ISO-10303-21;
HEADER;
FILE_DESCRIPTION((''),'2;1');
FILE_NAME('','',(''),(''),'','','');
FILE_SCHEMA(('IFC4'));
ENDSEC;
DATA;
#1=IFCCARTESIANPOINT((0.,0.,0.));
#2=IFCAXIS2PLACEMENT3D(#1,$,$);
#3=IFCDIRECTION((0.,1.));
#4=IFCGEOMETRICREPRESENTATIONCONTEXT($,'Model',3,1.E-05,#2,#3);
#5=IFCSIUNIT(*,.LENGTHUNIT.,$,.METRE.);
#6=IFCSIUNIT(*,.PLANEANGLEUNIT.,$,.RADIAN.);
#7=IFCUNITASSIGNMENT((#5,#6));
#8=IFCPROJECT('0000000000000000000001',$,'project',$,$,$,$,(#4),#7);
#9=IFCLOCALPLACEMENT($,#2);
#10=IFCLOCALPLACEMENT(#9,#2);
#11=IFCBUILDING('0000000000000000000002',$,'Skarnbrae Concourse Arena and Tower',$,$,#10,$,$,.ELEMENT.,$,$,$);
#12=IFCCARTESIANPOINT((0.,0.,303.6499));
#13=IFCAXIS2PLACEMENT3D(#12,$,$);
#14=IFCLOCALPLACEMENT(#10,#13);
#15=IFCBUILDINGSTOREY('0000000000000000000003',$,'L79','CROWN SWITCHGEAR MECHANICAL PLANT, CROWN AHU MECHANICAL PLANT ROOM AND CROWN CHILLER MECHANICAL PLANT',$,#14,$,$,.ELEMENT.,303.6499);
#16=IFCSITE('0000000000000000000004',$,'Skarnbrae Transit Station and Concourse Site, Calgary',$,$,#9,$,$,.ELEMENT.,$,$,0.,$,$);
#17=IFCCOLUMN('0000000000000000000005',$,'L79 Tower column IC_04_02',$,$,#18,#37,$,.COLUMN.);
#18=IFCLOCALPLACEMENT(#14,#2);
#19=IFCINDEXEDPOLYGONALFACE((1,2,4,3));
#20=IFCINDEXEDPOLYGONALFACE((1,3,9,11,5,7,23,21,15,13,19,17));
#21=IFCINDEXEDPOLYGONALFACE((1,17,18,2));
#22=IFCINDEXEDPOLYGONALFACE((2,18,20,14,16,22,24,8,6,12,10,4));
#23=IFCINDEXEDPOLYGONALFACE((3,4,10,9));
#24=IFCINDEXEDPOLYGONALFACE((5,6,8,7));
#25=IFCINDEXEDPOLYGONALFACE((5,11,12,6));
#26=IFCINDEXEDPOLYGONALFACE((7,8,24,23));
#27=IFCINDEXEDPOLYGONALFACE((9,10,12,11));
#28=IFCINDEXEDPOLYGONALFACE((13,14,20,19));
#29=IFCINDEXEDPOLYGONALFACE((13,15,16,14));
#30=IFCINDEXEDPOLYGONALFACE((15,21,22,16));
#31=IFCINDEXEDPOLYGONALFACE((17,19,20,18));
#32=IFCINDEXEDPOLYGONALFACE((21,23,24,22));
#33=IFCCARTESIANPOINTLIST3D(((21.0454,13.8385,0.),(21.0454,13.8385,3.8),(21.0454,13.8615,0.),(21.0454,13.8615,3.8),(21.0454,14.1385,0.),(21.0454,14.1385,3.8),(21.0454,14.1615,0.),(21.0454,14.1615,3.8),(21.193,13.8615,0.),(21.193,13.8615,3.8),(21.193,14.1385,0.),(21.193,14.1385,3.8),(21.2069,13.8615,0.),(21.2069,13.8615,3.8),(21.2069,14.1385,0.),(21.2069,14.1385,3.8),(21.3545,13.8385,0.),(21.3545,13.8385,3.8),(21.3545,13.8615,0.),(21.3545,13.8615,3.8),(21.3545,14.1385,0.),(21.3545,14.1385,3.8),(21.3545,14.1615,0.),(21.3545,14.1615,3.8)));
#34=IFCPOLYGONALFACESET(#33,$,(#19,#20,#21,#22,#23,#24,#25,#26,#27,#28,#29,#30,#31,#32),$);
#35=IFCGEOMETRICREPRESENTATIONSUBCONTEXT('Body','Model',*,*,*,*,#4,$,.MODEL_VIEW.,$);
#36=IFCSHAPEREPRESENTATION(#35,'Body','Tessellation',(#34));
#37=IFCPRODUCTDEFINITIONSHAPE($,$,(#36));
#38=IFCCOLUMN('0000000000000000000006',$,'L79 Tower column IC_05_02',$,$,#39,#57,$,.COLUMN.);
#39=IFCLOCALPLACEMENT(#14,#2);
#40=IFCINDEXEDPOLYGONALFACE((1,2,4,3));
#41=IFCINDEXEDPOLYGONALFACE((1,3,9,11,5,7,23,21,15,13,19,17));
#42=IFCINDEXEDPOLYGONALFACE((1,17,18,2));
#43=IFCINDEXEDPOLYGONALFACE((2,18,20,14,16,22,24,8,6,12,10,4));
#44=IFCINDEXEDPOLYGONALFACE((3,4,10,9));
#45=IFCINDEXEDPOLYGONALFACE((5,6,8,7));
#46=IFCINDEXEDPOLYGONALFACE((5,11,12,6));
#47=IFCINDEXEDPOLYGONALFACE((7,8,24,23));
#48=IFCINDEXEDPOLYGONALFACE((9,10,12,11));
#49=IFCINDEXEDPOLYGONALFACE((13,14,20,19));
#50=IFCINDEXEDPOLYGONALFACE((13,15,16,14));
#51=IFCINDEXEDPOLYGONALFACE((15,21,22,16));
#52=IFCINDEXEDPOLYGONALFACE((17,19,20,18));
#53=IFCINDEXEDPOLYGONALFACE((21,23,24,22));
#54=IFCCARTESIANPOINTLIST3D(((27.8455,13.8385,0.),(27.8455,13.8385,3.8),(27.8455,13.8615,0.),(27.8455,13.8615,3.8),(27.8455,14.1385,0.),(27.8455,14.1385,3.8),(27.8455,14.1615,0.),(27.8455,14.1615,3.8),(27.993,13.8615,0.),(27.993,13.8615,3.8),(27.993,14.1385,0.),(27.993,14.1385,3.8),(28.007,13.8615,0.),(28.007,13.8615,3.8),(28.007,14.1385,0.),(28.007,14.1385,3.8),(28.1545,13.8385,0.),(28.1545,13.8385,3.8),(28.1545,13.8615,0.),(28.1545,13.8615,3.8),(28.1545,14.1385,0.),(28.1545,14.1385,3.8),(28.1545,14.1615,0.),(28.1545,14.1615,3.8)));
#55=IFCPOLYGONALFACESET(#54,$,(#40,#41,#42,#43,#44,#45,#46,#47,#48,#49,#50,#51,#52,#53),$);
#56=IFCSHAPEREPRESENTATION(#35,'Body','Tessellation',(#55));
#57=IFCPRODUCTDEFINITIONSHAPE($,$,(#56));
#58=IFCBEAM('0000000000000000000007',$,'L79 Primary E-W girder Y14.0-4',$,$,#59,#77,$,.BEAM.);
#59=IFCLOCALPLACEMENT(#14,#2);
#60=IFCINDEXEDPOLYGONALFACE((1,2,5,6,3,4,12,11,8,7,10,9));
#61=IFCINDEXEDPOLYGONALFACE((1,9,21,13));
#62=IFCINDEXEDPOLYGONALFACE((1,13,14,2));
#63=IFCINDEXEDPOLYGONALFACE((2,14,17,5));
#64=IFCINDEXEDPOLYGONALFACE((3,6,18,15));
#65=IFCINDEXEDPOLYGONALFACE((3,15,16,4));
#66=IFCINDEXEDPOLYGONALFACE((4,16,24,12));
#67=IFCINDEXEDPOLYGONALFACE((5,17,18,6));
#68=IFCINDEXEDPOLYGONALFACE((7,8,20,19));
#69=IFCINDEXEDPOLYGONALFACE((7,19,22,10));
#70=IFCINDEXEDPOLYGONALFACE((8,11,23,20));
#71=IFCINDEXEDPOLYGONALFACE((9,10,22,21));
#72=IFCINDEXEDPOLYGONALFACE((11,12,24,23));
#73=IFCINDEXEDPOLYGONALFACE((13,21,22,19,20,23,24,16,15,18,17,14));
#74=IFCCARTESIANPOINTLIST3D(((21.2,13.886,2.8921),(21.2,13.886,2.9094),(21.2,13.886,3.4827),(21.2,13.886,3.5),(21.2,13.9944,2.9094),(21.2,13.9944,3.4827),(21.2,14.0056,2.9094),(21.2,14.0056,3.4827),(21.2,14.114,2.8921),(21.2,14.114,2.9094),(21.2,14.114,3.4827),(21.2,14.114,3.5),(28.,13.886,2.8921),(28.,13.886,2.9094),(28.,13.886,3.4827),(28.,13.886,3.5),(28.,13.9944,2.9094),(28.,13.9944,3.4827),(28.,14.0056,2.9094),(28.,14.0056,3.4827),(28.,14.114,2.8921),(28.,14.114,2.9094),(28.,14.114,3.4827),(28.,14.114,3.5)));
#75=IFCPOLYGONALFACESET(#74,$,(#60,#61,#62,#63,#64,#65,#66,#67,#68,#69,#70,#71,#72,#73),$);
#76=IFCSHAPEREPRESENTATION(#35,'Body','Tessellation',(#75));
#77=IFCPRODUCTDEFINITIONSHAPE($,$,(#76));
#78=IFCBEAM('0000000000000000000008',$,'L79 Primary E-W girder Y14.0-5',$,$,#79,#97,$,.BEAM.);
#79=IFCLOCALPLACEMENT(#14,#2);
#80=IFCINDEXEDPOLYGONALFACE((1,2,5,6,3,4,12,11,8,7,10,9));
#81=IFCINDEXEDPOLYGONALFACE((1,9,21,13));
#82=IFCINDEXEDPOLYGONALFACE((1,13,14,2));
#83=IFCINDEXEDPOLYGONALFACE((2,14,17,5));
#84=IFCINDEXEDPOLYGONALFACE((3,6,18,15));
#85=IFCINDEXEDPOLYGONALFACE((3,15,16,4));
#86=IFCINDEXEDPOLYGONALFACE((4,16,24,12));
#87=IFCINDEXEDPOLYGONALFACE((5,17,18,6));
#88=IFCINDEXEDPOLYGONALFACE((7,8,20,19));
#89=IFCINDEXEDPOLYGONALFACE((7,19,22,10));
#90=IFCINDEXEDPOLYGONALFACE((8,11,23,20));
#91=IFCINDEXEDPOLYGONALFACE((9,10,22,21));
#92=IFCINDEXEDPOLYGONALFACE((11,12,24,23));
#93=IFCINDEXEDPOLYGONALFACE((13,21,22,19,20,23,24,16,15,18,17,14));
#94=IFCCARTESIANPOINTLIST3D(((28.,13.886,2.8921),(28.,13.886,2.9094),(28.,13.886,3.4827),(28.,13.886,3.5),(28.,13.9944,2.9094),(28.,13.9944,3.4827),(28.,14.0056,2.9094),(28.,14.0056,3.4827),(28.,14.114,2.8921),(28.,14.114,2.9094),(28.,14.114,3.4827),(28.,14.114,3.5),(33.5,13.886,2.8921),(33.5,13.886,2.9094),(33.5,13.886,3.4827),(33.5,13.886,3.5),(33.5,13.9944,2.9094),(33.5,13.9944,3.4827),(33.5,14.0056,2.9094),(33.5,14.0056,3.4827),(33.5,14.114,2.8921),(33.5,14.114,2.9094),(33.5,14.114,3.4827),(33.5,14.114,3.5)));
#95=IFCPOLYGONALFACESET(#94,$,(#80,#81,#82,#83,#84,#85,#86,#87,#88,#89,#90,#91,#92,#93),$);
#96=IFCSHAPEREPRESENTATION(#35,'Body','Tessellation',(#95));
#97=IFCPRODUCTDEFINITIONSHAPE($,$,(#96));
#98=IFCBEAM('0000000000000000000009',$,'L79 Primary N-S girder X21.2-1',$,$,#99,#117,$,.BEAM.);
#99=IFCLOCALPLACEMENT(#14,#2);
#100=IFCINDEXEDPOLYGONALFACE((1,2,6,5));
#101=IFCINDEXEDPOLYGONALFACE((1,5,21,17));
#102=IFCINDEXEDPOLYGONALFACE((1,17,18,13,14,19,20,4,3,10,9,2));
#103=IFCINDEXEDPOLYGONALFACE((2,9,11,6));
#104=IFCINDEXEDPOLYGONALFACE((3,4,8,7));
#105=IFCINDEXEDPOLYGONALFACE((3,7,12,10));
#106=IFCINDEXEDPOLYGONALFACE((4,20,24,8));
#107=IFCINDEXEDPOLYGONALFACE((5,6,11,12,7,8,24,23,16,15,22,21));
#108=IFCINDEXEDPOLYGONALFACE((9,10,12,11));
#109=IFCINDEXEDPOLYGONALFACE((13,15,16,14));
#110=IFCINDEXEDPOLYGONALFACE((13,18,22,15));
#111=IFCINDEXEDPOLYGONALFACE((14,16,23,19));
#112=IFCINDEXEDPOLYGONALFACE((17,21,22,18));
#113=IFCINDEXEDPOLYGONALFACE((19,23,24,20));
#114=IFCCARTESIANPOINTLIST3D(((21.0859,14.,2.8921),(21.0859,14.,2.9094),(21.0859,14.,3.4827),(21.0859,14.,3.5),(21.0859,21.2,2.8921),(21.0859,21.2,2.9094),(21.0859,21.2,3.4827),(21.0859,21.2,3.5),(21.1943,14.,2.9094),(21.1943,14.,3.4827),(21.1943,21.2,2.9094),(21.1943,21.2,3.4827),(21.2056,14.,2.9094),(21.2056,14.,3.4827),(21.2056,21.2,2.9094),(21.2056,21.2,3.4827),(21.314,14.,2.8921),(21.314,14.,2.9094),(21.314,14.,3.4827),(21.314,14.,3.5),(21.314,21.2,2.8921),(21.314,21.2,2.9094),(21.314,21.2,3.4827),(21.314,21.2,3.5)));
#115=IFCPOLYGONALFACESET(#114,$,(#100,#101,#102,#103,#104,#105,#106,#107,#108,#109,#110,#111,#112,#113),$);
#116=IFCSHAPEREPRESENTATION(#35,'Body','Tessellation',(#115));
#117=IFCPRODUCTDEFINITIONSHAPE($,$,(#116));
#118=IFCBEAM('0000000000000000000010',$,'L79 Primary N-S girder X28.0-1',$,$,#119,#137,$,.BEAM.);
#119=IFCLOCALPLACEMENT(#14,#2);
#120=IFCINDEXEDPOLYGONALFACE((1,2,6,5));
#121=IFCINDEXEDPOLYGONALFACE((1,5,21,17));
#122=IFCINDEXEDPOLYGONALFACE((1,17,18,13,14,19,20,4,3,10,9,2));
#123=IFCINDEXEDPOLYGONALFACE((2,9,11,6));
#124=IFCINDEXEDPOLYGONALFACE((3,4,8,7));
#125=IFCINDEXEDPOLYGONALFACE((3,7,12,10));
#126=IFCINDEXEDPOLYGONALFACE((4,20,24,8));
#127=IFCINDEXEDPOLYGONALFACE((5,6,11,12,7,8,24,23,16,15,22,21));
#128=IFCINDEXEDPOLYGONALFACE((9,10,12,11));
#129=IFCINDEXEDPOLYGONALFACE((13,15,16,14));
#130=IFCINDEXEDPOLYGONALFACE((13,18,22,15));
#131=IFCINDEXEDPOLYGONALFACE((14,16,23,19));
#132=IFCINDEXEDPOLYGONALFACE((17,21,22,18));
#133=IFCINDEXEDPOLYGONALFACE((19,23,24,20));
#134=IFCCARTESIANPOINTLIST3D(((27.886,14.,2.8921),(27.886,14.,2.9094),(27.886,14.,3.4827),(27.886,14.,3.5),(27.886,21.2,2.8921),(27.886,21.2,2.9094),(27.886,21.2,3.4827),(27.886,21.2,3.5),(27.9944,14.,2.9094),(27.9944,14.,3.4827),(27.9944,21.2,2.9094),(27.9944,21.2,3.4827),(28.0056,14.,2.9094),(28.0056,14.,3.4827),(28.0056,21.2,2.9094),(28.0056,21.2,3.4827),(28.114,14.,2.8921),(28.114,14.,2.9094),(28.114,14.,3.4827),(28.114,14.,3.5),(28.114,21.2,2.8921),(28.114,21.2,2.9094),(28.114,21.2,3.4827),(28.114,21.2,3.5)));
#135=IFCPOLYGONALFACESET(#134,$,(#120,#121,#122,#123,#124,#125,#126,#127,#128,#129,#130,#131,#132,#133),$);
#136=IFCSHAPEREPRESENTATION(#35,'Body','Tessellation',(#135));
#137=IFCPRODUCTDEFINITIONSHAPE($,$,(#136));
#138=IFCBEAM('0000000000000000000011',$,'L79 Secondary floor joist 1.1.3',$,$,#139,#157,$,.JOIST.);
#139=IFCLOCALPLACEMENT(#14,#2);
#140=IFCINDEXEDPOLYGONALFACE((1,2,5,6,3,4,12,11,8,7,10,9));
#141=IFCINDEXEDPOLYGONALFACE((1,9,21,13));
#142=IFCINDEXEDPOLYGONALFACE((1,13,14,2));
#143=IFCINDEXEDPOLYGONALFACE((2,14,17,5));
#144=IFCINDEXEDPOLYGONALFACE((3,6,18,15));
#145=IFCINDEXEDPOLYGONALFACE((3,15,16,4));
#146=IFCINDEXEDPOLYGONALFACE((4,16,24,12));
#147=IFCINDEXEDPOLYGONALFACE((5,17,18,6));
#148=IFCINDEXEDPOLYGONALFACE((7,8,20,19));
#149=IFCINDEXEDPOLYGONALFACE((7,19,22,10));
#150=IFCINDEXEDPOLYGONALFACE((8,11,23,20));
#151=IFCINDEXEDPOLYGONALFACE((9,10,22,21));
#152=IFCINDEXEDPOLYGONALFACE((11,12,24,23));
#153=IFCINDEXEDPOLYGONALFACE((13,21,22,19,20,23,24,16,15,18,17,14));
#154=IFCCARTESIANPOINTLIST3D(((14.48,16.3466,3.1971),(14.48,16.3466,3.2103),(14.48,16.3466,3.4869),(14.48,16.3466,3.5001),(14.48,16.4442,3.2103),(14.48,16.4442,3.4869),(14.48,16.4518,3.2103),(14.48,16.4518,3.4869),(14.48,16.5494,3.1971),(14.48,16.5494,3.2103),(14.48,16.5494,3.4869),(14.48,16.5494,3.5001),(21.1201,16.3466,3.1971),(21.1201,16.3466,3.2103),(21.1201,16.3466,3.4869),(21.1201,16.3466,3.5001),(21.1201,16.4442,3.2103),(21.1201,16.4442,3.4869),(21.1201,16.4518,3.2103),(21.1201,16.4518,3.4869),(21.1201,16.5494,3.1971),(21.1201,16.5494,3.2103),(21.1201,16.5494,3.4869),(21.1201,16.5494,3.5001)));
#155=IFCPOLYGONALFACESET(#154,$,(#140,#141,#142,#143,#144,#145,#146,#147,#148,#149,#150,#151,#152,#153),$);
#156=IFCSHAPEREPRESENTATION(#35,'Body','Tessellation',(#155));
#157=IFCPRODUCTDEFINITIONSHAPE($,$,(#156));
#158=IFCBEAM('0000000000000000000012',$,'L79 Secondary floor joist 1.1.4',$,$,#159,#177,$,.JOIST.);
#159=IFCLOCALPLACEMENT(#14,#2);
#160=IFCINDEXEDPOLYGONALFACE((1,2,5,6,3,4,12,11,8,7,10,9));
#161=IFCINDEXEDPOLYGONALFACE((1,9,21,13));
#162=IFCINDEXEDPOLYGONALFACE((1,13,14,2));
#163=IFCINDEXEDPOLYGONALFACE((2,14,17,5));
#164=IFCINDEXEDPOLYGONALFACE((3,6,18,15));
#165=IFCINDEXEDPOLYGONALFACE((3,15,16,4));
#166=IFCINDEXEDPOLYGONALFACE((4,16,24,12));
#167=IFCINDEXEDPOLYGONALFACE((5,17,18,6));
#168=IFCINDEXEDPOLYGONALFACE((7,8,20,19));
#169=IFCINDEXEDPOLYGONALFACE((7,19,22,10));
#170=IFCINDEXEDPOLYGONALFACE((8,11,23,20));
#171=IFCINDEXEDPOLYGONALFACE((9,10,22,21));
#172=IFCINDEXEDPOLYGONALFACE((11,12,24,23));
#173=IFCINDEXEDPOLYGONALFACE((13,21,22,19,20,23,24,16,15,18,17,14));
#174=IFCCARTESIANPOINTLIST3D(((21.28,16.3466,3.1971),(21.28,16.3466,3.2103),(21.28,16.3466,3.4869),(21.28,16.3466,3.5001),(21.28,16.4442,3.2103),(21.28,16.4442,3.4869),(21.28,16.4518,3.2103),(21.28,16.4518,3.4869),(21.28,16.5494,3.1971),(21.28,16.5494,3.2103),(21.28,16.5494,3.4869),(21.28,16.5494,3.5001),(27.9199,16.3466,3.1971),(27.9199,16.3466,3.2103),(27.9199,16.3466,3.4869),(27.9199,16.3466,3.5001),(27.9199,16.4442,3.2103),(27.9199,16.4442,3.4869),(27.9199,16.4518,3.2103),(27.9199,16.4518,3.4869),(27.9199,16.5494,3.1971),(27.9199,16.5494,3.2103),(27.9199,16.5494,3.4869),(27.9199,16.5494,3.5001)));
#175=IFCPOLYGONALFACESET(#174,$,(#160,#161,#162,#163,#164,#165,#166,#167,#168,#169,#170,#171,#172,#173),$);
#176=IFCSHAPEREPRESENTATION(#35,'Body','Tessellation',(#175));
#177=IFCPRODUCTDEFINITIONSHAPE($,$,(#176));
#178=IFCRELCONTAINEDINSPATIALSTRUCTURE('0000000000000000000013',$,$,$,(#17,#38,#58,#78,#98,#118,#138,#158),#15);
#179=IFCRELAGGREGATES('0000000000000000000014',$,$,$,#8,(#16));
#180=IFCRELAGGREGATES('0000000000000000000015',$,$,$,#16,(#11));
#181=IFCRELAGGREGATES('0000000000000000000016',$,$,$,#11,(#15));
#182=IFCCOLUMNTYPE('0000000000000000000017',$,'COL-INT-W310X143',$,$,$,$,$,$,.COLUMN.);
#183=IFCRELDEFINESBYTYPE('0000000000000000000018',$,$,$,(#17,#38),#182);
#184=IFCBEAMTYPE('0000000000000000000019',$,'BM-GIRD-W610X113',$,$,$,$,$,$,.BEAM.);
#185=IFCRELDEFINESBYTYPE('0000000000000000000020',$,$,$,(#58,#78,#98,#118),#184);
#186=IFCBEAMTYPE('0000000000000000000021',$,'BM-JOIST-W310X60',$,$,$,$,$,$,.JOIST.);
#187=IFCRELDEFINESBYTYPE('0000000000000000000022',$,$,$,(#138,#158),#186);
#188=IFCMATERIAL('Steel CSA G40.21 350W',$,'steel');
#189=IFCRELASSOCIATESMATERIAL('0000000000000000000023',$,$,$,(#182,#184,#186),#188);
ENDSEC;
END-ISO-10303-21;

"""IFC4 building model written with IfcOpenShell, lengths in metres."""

from ifc_helpers import new_model, si_unit, direction, frame, origin, origin_2d, place, context, subcontext, project, spatial, i_section, extrude, source, transform, mapped, material, material_profile, profile_set, type_object, element, save


model = new_model("IFC4")

# Units and contexts
model_context = context("Model", 3, precision=1e-05, world=origin(), true_north=direction((0.0, 1.0)))
body_context = subcontext(model_context, "Body", "Model", "MODEL_VIEW")
ifc_project = project(units=[si_unit("LENGTHUNIT", "METRE"), si_unit("PLANEANGLEUNIT", "RADIAN")], contexts=[model_context])

# Site, building, storey
site_placement = place(None, origin())
site = spatial("IfcSite", under=ifc_project, at=site_placement, Name="Skarnbrae Transit Station and Concourse Site, Calgary", CompositionType="ELEMENT", RefElevation=0.0)
building_placement = place(site_placement, origin())
building = spatial("IfcBuilding", under=site, at=building_placement, Name="Skarnbrae Concourse Arena and Tower", CompositionType="ELEMENT")
storey_placement = place(building_placement, frame((0.0, 0.0, 303.6499)))
storey = spatial("IfcBuildingStorey", under=building, at=storey_placement, Name="L79", Description="CROWN SWITCHGEAR MECHANICAL PLANT, CROWN AHU MECHANICAL PLANT ROOM AND CROWN CHILLER MECHANICAL PLANT", CompositionType="ELEMENT", Elevation=303.6499)

# Columns
ifc_material_1 = material(Name="Steel CSA G40.21 350W", Category="steel")
ifc_material_profile_1 = material_profile(ifc_material_1, i_section(OverallWidth=0.3091, OverallDepth=0.323, WebThickness=0.0139, FlangeThickness=0.0229, at=origin_2d()), Name="W310X143")
ifc_profile_set_1 = profile_set([ifc_material_profile_1], Name="Steel CSA G40.21 350W")
column_type = type_object("IfcColumnType", Name="COL-INT-W310X143", PredefinedType="COLUMN", material=ifc_profile_set_1)
shared_shape_1 = source(origin(), body_context, "Body", "SweptSolid", [
    extrude(i_section(OverallWidth=0.3091, OverallDepth=0.323, WebThickness=0.0139, FlangeThickness=0.0229, at=origin_2d()), origin(), (0.0, 0.0, 1.0), 3.8),
])
for number, where, z_axis, x_axis, name in (
    (1, (21.2, 14.0, 0.0), (0.0, 0.0, 1.0), (1.0, 0.0, 0.0), "L79 Tower column IC_04_02"),
    (2, (28.0, 14.0, 0.0), (0.0, 0.0, 1.0), (1.0, 0.0, 0.0), "L79 Tower column IC_05_02"),
):
    element("IfcColumn", number, at=place(storey_placement, frame(where, z_axis=z_axis, x_axis=x_axis)), inside=storey, type_object=column_type, Name=name, PredefinedType="COLUMN", context=body_context, shape_type="MappedRepresentation", body=[
        mapped(shared_shape_1, transform((0.0, 0.0, 0.0))),
    ])

# Beams
ifc_material_profile_2 = material_profile(ifc_material_1, i_section(OverallWidth=0.228, OverallDepth=0.6079, WebThickness=0.0112, FlangeThickness=0.0173, at=origin_2d()), Name="W610X113")
ifc_profile_set_2 = profile_set([ifc_material_profile_2], Name="Steel CSA G40.21 350W")
beam_type_1 = type_object("IfcBeamType", Name="BM-GIRD-W610X113", PredefinedType="BEAM", material=ifc_profile_set_2)
shared_shape_2 = source(origin(), body_context, "Body", "SweptSolid", [
    extrude(i_section(OverallWidth=0.228, OverallDepth=0.6079, WebThickness=0.0112, FlangeThickness=0.0173, at=origin_2d()), origin(), (0.0, 0.0, 1.0), 6.8),
])
beam_1_placement = place(storey_placement, frame((21.2, 14.0, 3.196), z_axis=(1.0, 0.0, 0.0), x_axis=(0.0, 1.0, 0.0)))
element("IfcBeam", 3, at=beam_1_placement, inside=storey, type_object=beam_type_1, Name="L79 Primary E-W girder Y14.0-4", PredefinedType="BEAM", context=body_context, shape_type="MappedRepresentation", body=[
    mapped(shared_shape_2, transform((0.0, 0.0, 0.0))),
])
shared_shape_3 = source(origin(), body_context, "Body", "SweptSolid", [
    extrude(i_section(OverallWidth=0.228, OverallDepth=0.6079, WebThickness=0.0112, FlangeThickness=0.0173, at=origin_2d()), origin(), (0.0, 0.0, 1.0), 5.5),
])
beam_2_placement = place(storey_placement, frame((28.0, 14.0, 3.196), z_axis=(1.0, 0.0, 0.0), x_axis=(0.0, 1.0, 0.0)))
element("IfcBeam", 4, at=beam_2_placement, inside=storey, type_object=beam_type_1, Name="L79 Primary E-W girder Y14.0-5", PredefinedType="BEAM", context=body_context, shape_type="MappedRepresentation", body=[
    mapped(shared_shape_3, transform((0.0, 0.0, 0.0))),
])
shared_shape_4 = source(origin(), body_context, "Body", "SweptSolid", [
    extrude(i_section(OverallWidth=0.228, OverallDepth=0.6079, WebThickness=0.0112, FlangeThickness=0.0173, at=origin_2d()), origin(), (0.0, 0.0, 1.0), 7.2),
])
for number, where, z_axis, x_axis, name in (
    (5, (21.2, 14.0, 3.196), (0.0, 1.0, 0.0), (-1.0, 0.0, 0.0), "L79 Primary N-S girder X21.2-1"),
    (6, (28.0, 14.0, 3.196), (0.0, 1.0, 0.0), (-1.0, 0.0, 0.0), "L79 Primary N-S girder X28.0-1"),
):
    element("IfcBeam", number, at=place(storey_placement, frame(where, z_axis=z_axis, x_axis=x_axis)), inside=storey, type_object=beam_type_1, Name=name, PredefinedType="BEAM", context=body_context, shape_type="MappedRepresentation", body=[
        mapped(shared_shape_4, transform((0.0, 0.0, 0.0))),
    ])
ifc_material_profile_3 = material_profile(ifc_material_1, i_section(OverallWidth=0.2029, OverallDepth=0.303, WebThickness=0.0076, FlangeThickness=0.0132, at=origin_2d()), Name="W310X60")
ifc_profile_set_3 = profile_set([ifc_material_profile_3], Name="Steel CSA G40.21 350W")
beam_type_2 = type_object("IfcBeamType", Name="BM-JOIST-W310X60", PredefinedType="JOIST", material=ifc_profile_set_3)
shared_shape_5 = source(origin(), body_context, "Body", "SweptSolid", [
    extrude(i_section(OverallWidth=0.2029, OverallDepth=0.303, WebThickness=0.0076, FlangeThickness=0.0132, at=origin_2d()), origin(), (0.0, 0.0, 1.0), 6.6401),
])
beam_3_placement = place(storey_placement, frame((14.48, 16.448, 3.3486), z_axis=(1.0, 0.0, 0.0), x_axis=(0.0, 1.0, 0.0)))
element("IfcBeam", 7, at=beam_3_placement, inside=storey, type_object=beam_type_2, Name="L79 Secondary floor joist 1.1.3", PredefinedType="JOIST", context=body_context, shape_type="MappedRepresentation", body=[
    mapped(shared_shape_5, transform((0.0, 0.0, 0.0))),
])
shared_shape_6 = source(origin(), body_context, "Body", "SweptSolid", [
    extrude(i_section(OverallWidth=0.2029, OverallDepth=0.303, WebThickness=0.0076, FlangeThickness=0.0132, at=origin_2d()), origin(), (0.0, 0.0, 1.0), 6.6399),
])
beam_4_placement = place(storey_placement, frame((21.28, 16.448, 3.3486), z_axis=(1.0, 0.0, 0.0), x_axis=(0.0, 1.0, 0.0)))
element("IfcBeam", 8, at=beam_4_placement, inside=storey, type_object=beam_type_2, Name="L79 Secondary floor joist 1.1.4", PredefinedType="JOIST", context=body_context, shape_type="MappedRepresentation", body=[
    mapped(shared_shape_6, transform((0.0, 0.0, 0.0))),
])

save(model, "model.ifc")
